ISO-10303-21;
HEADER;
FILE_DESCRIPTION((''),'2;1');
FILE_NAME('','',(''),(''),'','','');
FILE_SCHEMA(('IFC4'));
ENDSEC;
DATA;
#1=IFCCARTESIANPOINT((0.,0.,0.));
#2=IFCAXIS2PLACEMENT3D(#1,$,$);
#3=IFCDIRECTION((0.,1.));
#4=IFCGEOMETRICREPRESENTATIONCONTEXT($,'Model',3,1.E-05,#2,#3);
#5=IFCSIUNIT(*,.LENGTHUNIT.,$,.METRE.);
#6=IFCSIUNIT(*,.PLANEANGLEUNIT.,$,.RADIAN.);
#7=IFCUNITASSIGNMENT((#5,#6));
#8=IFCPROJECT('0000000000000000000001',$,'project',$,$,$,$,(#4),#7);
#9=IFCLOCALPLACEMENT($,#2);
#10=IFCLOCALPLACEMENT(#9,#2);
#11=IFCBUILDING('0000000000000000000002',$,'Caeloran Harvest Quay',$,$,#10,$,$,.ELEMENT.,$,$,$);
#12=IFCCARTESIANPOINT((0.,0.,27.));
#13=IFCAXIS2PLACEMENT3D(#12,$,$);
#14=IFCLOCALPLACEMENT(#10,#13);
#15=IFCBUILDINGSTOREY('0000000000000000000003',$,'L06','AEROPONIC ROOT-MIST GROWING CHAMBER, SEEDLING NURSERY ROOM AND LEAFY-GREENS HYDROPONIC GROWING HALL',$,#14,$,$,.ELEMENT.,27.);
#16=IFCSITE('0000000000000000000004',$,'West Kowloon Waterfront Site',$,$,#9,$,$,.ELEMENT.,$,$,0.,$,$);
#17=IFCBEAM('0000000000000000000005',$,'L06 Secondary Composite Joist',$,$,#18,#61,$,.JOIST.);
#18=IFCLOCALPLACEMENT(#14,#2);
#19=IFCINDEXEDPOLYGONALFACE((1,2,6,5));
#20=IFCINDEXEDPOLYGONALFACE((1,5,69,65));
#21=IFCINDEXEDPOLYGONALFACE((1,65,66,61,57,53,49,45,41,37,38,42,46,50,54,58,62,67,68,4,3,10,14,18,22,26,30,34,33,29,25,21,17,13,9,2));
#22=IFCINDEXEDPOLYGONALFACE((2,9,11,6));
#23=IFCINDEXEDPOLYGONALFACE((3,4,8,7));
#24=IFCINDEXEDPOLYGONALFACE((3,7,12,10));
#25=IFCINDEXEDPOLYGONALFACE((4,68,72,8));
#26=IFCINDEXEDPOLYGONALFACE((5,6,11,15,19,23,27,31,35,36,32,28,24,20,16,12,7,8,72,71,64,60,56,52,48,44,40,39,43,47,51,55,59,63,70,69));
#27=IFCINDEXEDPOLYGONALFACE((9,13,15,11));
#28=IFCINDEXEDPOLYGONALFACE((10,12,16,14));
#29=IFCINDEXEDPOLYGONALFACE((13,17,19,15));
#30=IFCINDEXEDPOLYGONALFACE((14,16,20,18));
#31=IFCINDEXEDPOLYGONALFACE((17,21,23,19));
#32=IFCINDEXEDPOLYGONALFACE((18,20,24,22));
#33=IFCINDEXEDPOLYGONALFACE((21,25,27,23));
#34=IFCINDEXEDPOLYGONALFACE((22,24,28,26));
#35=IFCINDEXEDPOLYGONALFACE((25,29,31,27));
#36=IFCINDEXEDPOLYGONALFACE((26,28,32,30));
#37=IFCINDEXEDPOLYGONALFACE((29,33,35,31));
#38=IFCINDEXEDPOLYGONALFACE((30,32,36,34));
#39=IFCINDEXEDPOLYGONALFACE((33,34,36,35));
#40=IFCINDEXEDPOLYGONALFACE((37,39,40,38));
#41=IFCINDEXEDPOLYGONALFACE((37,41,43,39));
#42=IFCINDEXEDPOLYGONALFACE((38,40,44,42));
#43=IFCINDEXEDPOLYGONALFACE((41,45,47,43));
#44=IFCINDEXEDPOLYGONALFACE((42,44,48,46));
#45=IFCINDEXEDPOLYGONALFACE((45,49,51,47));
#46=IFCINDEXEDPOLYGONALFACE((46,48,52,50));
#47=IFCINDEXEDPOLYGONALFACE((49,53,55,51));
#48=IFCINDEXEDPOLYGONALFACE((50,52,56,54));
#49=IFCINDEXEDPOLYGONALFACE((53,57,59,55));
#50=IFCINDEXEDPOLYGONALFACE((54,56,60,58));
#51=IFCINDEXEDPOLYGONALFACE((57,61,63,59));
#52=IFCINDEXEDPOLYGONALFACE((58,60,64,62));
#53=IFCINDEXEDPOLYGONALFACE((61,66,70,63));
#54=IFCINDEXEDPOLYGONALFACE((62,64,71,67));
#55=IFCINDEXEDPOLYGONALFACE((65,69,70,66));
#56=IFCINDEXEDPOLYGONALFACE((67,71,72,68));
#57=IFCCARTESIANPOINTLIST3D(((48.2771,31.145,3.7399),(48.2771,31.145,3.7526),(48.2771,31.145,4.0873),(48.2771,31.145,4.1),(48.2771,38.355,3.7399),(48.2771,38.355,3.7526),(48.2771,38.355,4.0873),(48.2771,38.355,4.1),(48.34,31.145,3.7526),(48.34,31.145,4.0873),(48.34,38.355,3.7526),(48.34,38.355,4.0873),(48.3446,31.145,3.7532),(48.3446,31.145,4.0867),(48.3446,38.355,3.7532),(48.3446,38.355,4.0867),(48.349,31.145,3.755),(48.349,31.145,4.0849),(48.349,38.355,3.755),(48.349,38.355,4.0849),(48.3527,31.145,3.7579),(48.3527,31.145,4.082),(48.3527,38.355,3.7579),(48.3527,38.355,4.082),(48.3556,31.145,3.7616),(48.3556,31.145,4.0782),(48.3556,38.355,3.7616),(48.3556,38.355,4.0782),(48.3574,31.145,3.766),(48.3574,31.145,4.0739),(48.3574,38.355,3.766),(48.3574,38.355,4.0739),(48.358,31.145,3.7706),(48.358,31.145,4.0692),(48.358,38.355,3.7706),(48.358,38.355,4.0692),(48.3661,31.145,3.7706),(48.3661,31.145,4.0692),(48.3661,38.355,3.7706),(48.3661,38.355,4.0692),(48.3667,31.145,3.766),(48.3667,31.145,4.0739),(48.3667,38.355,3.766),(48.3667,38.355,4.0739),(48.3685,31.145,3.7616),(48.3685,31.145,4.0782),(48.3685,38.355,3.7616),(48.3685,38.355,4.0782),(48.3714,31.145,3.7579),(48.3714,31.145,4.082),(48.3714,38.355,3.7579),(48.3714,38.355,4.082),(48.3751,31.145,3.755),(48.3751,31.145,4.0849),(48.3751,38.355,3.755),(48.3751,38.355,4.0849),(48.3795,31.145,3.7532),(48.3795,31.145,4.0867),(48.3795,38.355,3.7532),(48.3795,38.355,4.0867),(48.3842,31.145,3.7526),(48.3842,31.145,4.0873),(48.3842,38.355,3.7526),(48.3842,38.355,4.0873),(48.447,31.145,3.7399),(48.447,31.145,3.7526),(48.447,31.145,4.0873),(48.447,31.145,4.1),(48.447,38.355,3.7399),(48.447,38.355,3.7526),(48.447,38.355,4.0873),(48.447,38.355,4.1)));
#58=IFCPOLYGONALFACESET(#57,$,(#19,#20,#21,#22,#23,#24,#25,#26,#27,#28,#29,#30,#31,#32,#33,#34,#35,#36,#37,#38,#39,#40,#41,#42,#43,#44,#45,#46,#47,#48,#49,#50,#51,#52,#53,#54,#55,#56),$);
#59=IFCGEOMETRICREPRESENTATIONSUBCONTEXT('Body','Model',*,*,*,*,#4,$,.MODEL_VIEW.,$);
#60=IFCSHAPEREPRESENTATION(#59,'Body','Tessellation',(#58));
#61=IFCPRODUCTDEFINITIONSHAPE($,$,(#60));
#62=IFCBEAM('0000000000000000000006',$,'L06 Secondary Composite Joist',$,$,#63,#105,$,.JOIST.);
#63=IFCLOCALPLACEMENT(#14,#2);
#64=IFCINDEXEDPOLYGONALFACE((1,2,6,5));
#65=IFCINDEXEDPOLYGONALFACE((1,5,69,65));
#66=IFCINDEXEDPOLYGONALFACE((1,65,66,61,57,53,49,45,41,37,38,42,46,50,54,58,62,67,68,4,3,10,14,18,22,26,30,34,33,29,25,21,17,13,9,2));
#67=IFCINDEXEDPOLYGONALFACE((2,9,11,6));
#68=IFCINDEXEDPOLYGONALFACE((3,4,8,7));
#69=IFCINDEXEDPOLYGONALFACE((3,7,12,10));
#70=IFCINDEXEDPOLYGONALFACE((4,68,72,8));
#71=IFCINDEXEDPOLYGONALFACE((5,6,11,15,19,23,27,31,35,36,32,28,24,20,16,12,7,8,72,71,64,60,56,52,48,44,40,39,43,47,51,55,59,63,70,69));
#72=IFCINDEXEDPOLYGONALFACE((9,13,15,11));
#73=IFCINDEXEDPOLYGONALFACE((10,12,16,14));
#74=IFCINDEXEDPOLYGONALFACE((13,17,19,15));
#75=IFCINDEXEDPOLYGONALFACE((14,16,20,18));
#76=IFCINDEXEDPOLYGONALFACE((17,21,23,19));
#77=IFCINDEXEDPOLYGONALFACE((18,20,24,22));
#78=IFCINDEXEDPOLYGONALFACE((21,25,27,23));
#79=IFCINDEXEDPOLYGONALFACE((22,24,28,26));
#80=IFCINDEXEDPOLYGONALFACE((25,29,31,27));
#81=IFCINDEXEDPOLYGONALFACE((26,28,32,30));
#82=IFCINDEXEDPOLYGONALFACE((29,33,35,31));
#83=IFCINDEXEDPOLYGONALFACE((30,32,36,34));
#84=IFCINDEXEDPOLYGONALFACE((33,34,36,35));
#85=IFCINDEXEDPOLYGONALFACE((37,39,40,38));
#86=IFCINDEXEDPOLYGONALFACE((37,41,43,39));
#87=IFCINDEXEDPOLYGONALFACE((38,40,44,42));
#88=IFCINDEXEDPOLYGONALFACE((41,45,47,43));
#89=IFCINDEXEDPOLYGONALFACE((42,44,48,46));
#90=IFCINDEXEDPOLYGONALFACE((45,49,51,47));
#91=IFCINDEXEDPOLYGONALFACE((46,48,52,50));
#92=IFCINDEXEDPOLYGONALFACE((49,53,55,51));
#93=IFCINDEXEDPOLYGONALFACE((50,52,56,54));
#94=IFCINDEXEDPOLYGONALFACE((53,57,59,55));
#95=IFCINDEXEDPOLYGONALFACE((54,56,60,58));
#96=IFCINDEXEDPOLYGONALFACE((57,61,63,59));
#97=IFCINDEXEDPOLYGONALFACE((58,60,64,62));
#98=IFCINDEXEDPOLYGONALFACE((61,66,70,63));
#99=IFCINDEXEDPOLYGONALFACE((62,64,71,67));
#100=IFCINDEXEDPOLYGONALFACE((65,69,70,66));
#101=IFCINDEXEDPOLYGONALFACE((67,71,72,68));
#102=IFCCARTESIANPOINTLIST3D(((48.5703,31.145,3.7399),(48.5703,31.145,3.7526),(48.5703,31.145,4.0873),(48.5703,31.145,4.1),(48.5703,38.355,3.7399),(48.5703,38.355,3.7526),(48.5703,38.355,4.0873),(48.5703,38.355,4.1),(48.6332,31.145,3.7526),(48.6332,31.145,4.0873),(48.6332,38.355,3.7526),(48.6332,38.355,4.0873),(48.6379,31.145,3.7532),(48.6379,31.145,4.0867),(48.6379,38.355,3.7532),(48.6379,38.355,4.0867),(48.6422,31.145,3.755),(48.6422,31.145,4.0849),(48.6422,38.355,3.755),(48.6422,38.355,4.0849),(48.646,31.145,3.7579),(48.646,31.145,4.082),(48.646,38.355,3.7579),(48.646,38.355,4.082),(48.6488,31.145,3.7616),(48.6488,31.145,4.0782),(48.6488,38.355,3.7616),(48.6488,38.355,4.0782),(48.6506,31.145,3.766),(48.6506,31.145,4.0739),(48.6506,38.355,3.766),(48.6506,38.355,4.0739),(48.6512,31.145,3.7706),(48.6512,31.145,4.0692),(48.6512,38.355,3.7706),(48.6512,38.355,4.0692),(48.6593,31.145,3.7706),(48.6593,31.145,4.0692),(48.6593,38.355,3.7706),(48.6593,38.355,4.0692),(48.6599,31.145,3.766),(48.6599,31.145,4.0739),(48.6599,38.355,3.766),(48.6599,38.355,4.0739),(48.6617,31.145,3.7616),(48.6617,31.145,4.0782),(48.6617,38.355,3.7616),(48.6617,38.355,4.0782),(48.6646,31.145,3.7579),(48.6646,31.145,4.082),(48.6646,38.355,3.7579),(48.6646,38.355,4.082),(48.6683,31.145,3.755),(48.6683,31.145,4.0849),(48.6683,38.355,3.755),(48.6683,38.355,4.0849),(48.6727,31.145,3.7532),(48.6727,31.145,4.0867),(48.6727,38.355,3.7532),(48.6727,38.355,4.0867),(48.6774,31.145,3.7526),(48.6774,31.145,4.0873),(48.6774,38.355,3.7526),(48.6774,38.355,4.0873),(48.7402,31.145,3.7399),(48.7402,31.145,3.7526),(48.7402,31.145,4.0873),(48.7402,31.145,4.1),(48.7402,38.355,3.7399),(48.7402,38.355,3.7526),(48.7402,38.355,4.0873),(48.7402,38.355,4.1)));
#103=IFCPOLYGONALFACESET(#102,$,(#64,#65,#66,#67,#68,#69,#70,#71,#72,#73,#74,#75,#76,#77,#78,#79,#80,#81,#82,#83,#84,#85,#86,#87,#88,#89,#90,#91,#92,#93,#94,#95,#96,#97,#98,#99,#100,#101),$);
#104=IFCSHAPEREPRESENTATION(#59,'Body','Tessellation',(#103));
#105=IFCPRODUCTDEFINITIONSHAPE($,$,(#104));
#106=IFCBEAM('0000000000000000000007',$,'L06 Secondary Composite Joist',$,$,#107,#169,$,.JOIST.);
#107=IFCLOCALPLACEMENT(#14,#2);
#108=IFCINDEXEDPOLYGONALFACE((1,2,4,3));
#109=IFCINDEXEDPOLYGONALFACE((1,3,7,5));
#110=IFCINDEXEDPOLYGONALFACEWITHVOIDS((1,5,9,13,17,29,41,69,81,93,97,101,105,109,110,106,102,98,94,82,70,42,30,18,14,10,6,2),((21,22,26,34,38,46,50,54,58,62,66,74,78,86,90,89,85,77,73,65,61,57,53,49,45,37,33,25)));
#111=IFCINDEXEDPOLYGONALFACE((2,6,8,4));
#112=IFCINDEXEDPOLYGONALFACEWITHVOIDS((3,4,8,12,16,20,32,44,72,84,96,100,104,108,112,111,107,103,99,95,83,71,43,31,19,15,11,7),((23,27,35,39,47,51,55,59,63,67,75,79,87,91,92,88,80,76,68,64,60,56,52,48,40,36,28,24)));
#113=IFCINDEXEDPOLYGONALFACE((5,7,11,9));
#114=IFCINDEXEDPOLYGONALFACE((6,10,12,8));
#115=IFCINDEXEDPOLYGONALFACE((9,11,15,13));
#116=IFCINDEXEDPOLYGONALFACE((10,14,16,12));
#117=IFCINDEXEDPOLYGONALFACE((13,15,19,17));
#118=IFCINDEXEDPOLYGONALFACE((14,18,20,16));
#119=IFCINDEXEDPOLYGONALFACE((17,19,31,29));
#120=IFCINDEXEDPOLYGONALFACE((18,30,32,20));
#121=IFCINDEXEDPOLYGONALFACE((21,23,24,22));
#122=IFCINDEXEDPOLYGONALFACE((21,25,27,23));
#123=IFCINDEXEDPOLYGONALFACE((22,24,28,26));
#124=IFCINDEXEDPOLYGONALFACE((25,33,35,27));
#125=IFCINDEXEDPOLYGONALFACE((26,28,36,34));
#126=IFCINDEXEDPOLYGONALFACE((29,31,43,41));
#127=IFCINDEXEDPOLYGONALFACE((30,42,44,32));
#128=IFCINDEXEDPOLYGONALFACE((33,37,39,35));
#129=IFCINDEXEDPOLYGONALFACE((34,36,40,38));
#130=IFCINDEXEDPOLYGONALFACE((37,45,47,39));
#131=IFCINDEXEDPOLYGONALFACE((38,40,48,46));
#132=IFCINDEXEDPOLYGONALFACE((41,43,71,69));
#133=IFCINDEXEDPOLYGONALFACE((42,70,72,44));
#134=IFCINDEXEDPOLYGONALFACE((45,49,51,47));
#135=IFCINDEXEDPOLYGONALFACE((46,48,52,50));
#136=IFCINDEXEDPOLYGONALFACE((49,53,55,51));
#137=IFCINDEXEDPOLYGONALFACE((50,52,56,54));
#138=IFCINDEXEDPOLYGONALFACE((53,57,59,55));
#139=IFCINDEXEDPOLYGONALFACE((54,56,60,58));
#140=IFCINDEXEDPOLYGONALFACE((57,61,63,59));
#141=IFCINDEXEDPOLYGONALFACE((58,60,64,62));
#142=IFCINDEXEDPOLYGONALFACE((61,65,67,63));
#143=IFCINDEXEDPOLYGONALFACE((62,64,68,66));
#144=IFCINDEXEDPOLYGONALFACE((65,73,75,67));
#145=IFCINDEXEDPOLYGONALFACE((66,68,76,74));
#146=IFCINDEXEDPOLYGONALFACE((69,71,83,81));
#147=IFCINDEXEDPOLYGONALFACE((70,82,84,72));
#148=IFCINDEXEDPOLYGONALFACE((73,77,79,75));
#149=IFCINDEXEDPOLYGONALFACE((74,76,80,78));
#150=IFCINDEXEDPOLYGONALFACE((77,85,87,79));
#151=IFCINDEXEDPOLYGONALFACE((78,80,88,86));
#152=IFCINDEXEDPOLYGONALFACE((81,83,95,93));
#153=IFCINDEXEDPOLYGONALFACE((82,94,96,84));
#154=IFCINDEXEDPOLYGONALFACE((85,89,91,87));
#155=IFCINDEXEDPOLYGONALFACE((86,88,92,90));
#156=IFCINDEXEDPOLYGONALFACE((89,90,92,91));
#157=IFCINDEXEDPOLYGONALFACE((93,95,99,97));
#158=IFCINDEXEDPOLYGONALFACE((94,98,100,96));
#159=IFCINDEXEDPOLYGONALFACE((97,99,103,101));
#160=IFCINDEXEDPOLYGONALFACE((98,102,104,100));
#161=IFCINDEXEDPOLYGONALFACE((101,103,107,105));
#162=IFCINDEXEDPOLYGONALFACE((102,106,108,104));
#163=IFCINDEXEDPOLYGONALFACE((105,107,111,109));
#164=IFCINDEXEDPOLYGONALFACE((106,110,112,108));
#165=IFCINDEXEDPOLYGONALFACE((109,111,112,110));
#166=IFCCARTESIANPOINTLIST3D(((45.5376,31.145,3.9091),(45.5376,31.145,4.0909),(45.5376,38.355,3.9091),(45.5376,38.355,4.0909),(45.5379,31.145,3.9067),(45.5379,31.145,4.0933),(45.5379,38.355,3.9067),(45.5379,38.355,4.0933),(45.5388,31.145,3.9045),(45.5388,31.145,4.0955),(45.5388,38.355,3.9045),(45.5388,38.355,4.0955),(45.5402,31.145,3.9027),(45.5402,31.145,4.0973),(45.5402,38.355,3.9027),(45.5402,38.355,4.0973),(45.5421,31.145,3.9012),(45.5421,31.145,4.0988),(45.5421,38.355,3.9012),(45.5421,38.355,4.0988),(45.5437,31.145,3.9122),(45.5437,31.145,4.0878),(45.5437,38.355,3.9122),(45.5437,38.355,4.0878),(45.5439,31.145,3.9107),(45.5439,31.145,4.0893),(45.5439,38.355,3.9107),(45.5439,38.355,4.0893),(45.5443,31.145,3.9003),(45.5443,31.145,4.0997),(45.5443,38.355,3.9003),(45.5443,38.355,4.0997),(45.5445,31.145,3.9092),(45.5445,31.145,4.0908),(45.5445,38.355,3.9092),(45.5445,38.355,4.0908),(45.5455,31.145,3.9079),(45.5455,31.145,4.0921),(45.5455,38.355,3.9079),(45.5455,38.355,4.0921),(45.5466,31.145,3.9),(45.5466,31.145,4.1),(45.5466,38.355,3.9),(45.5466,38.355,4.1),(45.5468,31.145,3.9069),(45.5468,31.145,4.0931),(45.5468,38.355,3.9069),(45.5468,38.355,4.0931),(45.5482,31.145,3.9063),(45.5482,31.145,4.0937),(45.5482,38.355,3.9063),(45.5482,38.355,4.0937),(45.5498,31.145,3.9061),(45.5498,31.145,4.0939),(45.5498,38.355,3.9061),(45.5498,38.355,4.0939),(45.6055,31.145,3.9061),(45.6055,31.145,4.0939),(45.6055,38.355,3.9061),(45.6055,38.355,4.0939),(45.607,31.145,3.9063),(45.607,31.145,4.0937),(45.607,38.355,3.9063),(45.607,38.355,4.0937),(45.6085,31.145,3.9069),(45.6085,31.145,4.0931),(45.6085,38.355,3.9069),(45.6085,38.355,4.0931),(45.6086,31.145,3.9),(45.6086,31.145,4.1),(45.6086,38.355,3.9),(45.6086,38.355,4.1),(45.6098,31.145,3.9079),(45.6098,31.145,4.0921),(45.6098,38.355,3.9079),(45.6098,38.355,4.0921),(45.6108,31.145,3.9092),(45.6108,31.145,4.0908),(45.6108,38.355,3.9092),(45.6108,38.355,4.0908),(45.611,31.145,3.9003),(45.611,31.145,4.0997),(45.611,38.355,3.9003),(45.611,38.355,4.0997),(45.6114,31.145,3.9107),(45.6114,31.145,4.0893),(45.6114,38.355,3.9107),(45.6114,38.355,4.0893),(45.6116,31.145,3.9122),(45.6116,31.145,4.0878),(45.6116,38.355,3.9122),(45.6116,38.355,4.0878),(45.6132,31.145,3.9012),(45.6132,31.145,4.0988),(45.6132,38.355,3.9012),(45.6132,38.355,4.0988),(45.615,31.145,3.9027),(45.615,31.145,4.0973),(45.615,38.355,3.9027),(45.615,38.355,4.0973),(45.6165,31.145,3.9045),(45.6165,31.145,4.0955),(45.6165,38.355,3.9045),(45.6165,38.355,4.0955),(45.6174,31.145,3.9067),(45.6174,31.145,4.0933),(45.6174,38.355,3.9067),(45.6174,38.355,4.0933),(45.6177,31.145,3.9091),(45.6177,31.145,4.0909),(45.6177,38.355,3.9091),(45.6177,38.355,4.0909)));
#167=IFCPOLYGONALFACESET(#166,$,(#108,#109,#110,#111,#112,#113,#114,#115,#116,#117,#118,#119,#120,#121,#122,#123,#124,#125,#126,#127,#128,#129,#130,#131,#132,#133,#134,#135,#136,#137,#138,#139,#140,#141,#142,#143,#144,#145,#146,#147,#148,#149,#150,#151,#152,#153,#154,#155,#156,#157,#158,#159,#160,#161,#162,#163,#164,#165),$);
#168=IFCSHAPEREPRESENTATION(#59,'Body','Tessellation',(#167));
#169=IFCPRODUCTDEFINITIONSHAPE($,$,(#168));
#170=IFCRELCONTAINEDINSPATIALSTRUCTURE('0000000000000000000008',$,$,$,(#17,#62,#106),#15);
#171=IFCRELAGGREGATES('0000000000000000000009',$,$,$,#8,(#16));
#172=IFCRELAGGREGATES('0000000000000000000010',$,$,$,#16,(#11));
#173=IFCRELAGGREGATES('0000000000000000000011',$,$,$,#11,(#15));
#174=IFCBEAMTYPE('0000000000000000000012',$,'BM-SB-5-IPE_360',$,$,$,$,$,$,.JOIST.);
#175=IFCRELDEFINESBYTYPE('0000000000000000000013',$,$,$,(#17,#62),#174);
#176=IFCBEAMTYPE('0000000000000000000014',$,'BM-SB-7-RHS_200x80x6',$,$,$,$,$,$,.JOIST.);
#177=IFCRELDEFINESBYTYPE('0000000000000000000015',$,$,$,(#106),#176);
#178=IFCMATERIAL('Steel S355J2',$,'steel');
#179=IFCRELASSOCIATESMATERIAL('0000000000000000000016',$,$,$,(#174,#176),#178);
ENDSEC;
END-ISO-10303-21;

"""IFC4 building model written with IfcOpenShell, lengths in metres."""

from ifc_helpers import new_model, si_unit, direction, frame, origin, origin_2d, place, context, subcontext, project, spatial, hollow_rectangle, i_section, extrude, material, material_profile, profile_set, type_object, element, save


model = new_model("IFC4")

# Units and contexts
model_context = context("Model", 3, precision=1e-05, world=origin(), true_north=direction((0.0, 1.0)))
body_context = subcontext(model_context, "Body", "Model", "MODEL_VIEW")
ifc_project = project(units=[si_unit("LENGTHUNIT", "METRE"), si_unit("PLANEANGLEUNIT", "RADIAN")], contexts=[model_context])

# Site, building, storey
site_placement = place(None, origin())
site = spatial("IfcSite", under=ifc_project, at=site_placement, Name="West Kowloon Waterfront Site", CompositionType="ELEMENT", RefElevation=0.0)
building_placement = place(site_placement, origin())
building = spatial("IfcBuilding", under=site, at=building_placement, Name="Caeloran Harvest Quay", CompositionType="ELEMENT")
storey_placement = place(building_placement, frame((0.0, 0.0, 27.0)))
storey = spatial("IfcBuildingStorey", under=building, at=storey_placement, Name="L06", Description="AEROPONIC ROOT-MIST GROWING CHAMBER, SEEDLING NURSERY ROOM AND LEAFY-GREENS HYDROPONIC GROWING HALL", CompositionType="ELEMENT", Elevation=27.0)

# Beams
ifc_material_1 = material(Name="Steel S355J2", Category="steel")
ifc_material_profile_1 = material_profile(ifc_material_1, i_section(OverallWidth=0.1699, OverallDepth=0.3601, WebThickness=0.0081, FlangeThickness=0.0127, FilletRadius=0.0181, at=origin_2d()), Name="IPE 360")
ifc_profile_set_1 = profile_set([ifc_material_profile_1], Name="Steel S355J2")
beam_type_1 = type_object("IfcBeamType", Name="BM-SB-5-IPE_360", PredefinedType="JOIST", material=ifc_profile_set_1)
for number, where, z_axis, x_axis, name in (
    (1, (48.3621, 31.145, 3.9199), (0.0, 1.0, 0.0), (-1.0, 0.0, 0.0), "L06 Secondary Composite Joist"),
    (2, (48.6553, 31.145, 3.9199), (0.0, 1.0, 0.0), (-1.0, 0.0, 0.0), "L06 Secondary Composite Joist"),
):
    element("IfcBeam", number, at=place(storey_placement, frame(where, z_axis=z_axis, x_axis=x_axis)), inside=storey, type_object=beam_type_1, Name=name, PredefinedType="JOIST", context=body_context, shape_type="SweptSolid", body=[
        extrude(i_section(OverallWidth=0.1699, OverallDepth=0.3601, WebThickness=0.0081, FlangeThickness=0.0127, FilletRadius=0.0181, at=origin_2d()), origin(), (0.0, 0.0, 1.0), 7.21),
    ])
ifc_material_profile_2 = material_profile(ifc_material_1, hollow_rectangle(XDim=0.0801, YDim=0.2, WallThickness=0.0061, InnerFilletRadius=0.0061, OuterFilletRadius=0.009, at=origin_2d()), Name="RHS 200x80x6")
ifc_profile_set_2 = profile_set([ifc_material_profile_2], Name="Steel S355J2")
beam_type_2 = type_object("IfcBeamType", Name="BM-SB-7-RHS_200x80x6", PredefinedType="JOIST", material=ifc_profile_set_2)
for number, where, z_axis, x_axis, name in (
    (3, (45.5776, 31.145, 4.0), (0.0, 1.0, 0.0), (-1.0, 0.0, 0.0), "L06 Secondary Composite Joist"),
):
    element("IfcBeam", number, at=place(storey_placement, frame(where, z_axis=z_axis, x_axis=x_axis)), inside=storey, type_object=beam_type_2, Name=name, PredefinedType="JOIST", context=body_context, shape_type="SweptSolid", body=[
        extrude(hollow_rectangle(XDim=0.0801, YDim=0.2, WallThickness=0.0061, InnerFilletRadius=0.0061, OuterFilletRadius=0.009, at=origin_2d()), origin(), (0.0, 0.0, 1.0), 7.21),
    ])

save(model, "model.ifc")
